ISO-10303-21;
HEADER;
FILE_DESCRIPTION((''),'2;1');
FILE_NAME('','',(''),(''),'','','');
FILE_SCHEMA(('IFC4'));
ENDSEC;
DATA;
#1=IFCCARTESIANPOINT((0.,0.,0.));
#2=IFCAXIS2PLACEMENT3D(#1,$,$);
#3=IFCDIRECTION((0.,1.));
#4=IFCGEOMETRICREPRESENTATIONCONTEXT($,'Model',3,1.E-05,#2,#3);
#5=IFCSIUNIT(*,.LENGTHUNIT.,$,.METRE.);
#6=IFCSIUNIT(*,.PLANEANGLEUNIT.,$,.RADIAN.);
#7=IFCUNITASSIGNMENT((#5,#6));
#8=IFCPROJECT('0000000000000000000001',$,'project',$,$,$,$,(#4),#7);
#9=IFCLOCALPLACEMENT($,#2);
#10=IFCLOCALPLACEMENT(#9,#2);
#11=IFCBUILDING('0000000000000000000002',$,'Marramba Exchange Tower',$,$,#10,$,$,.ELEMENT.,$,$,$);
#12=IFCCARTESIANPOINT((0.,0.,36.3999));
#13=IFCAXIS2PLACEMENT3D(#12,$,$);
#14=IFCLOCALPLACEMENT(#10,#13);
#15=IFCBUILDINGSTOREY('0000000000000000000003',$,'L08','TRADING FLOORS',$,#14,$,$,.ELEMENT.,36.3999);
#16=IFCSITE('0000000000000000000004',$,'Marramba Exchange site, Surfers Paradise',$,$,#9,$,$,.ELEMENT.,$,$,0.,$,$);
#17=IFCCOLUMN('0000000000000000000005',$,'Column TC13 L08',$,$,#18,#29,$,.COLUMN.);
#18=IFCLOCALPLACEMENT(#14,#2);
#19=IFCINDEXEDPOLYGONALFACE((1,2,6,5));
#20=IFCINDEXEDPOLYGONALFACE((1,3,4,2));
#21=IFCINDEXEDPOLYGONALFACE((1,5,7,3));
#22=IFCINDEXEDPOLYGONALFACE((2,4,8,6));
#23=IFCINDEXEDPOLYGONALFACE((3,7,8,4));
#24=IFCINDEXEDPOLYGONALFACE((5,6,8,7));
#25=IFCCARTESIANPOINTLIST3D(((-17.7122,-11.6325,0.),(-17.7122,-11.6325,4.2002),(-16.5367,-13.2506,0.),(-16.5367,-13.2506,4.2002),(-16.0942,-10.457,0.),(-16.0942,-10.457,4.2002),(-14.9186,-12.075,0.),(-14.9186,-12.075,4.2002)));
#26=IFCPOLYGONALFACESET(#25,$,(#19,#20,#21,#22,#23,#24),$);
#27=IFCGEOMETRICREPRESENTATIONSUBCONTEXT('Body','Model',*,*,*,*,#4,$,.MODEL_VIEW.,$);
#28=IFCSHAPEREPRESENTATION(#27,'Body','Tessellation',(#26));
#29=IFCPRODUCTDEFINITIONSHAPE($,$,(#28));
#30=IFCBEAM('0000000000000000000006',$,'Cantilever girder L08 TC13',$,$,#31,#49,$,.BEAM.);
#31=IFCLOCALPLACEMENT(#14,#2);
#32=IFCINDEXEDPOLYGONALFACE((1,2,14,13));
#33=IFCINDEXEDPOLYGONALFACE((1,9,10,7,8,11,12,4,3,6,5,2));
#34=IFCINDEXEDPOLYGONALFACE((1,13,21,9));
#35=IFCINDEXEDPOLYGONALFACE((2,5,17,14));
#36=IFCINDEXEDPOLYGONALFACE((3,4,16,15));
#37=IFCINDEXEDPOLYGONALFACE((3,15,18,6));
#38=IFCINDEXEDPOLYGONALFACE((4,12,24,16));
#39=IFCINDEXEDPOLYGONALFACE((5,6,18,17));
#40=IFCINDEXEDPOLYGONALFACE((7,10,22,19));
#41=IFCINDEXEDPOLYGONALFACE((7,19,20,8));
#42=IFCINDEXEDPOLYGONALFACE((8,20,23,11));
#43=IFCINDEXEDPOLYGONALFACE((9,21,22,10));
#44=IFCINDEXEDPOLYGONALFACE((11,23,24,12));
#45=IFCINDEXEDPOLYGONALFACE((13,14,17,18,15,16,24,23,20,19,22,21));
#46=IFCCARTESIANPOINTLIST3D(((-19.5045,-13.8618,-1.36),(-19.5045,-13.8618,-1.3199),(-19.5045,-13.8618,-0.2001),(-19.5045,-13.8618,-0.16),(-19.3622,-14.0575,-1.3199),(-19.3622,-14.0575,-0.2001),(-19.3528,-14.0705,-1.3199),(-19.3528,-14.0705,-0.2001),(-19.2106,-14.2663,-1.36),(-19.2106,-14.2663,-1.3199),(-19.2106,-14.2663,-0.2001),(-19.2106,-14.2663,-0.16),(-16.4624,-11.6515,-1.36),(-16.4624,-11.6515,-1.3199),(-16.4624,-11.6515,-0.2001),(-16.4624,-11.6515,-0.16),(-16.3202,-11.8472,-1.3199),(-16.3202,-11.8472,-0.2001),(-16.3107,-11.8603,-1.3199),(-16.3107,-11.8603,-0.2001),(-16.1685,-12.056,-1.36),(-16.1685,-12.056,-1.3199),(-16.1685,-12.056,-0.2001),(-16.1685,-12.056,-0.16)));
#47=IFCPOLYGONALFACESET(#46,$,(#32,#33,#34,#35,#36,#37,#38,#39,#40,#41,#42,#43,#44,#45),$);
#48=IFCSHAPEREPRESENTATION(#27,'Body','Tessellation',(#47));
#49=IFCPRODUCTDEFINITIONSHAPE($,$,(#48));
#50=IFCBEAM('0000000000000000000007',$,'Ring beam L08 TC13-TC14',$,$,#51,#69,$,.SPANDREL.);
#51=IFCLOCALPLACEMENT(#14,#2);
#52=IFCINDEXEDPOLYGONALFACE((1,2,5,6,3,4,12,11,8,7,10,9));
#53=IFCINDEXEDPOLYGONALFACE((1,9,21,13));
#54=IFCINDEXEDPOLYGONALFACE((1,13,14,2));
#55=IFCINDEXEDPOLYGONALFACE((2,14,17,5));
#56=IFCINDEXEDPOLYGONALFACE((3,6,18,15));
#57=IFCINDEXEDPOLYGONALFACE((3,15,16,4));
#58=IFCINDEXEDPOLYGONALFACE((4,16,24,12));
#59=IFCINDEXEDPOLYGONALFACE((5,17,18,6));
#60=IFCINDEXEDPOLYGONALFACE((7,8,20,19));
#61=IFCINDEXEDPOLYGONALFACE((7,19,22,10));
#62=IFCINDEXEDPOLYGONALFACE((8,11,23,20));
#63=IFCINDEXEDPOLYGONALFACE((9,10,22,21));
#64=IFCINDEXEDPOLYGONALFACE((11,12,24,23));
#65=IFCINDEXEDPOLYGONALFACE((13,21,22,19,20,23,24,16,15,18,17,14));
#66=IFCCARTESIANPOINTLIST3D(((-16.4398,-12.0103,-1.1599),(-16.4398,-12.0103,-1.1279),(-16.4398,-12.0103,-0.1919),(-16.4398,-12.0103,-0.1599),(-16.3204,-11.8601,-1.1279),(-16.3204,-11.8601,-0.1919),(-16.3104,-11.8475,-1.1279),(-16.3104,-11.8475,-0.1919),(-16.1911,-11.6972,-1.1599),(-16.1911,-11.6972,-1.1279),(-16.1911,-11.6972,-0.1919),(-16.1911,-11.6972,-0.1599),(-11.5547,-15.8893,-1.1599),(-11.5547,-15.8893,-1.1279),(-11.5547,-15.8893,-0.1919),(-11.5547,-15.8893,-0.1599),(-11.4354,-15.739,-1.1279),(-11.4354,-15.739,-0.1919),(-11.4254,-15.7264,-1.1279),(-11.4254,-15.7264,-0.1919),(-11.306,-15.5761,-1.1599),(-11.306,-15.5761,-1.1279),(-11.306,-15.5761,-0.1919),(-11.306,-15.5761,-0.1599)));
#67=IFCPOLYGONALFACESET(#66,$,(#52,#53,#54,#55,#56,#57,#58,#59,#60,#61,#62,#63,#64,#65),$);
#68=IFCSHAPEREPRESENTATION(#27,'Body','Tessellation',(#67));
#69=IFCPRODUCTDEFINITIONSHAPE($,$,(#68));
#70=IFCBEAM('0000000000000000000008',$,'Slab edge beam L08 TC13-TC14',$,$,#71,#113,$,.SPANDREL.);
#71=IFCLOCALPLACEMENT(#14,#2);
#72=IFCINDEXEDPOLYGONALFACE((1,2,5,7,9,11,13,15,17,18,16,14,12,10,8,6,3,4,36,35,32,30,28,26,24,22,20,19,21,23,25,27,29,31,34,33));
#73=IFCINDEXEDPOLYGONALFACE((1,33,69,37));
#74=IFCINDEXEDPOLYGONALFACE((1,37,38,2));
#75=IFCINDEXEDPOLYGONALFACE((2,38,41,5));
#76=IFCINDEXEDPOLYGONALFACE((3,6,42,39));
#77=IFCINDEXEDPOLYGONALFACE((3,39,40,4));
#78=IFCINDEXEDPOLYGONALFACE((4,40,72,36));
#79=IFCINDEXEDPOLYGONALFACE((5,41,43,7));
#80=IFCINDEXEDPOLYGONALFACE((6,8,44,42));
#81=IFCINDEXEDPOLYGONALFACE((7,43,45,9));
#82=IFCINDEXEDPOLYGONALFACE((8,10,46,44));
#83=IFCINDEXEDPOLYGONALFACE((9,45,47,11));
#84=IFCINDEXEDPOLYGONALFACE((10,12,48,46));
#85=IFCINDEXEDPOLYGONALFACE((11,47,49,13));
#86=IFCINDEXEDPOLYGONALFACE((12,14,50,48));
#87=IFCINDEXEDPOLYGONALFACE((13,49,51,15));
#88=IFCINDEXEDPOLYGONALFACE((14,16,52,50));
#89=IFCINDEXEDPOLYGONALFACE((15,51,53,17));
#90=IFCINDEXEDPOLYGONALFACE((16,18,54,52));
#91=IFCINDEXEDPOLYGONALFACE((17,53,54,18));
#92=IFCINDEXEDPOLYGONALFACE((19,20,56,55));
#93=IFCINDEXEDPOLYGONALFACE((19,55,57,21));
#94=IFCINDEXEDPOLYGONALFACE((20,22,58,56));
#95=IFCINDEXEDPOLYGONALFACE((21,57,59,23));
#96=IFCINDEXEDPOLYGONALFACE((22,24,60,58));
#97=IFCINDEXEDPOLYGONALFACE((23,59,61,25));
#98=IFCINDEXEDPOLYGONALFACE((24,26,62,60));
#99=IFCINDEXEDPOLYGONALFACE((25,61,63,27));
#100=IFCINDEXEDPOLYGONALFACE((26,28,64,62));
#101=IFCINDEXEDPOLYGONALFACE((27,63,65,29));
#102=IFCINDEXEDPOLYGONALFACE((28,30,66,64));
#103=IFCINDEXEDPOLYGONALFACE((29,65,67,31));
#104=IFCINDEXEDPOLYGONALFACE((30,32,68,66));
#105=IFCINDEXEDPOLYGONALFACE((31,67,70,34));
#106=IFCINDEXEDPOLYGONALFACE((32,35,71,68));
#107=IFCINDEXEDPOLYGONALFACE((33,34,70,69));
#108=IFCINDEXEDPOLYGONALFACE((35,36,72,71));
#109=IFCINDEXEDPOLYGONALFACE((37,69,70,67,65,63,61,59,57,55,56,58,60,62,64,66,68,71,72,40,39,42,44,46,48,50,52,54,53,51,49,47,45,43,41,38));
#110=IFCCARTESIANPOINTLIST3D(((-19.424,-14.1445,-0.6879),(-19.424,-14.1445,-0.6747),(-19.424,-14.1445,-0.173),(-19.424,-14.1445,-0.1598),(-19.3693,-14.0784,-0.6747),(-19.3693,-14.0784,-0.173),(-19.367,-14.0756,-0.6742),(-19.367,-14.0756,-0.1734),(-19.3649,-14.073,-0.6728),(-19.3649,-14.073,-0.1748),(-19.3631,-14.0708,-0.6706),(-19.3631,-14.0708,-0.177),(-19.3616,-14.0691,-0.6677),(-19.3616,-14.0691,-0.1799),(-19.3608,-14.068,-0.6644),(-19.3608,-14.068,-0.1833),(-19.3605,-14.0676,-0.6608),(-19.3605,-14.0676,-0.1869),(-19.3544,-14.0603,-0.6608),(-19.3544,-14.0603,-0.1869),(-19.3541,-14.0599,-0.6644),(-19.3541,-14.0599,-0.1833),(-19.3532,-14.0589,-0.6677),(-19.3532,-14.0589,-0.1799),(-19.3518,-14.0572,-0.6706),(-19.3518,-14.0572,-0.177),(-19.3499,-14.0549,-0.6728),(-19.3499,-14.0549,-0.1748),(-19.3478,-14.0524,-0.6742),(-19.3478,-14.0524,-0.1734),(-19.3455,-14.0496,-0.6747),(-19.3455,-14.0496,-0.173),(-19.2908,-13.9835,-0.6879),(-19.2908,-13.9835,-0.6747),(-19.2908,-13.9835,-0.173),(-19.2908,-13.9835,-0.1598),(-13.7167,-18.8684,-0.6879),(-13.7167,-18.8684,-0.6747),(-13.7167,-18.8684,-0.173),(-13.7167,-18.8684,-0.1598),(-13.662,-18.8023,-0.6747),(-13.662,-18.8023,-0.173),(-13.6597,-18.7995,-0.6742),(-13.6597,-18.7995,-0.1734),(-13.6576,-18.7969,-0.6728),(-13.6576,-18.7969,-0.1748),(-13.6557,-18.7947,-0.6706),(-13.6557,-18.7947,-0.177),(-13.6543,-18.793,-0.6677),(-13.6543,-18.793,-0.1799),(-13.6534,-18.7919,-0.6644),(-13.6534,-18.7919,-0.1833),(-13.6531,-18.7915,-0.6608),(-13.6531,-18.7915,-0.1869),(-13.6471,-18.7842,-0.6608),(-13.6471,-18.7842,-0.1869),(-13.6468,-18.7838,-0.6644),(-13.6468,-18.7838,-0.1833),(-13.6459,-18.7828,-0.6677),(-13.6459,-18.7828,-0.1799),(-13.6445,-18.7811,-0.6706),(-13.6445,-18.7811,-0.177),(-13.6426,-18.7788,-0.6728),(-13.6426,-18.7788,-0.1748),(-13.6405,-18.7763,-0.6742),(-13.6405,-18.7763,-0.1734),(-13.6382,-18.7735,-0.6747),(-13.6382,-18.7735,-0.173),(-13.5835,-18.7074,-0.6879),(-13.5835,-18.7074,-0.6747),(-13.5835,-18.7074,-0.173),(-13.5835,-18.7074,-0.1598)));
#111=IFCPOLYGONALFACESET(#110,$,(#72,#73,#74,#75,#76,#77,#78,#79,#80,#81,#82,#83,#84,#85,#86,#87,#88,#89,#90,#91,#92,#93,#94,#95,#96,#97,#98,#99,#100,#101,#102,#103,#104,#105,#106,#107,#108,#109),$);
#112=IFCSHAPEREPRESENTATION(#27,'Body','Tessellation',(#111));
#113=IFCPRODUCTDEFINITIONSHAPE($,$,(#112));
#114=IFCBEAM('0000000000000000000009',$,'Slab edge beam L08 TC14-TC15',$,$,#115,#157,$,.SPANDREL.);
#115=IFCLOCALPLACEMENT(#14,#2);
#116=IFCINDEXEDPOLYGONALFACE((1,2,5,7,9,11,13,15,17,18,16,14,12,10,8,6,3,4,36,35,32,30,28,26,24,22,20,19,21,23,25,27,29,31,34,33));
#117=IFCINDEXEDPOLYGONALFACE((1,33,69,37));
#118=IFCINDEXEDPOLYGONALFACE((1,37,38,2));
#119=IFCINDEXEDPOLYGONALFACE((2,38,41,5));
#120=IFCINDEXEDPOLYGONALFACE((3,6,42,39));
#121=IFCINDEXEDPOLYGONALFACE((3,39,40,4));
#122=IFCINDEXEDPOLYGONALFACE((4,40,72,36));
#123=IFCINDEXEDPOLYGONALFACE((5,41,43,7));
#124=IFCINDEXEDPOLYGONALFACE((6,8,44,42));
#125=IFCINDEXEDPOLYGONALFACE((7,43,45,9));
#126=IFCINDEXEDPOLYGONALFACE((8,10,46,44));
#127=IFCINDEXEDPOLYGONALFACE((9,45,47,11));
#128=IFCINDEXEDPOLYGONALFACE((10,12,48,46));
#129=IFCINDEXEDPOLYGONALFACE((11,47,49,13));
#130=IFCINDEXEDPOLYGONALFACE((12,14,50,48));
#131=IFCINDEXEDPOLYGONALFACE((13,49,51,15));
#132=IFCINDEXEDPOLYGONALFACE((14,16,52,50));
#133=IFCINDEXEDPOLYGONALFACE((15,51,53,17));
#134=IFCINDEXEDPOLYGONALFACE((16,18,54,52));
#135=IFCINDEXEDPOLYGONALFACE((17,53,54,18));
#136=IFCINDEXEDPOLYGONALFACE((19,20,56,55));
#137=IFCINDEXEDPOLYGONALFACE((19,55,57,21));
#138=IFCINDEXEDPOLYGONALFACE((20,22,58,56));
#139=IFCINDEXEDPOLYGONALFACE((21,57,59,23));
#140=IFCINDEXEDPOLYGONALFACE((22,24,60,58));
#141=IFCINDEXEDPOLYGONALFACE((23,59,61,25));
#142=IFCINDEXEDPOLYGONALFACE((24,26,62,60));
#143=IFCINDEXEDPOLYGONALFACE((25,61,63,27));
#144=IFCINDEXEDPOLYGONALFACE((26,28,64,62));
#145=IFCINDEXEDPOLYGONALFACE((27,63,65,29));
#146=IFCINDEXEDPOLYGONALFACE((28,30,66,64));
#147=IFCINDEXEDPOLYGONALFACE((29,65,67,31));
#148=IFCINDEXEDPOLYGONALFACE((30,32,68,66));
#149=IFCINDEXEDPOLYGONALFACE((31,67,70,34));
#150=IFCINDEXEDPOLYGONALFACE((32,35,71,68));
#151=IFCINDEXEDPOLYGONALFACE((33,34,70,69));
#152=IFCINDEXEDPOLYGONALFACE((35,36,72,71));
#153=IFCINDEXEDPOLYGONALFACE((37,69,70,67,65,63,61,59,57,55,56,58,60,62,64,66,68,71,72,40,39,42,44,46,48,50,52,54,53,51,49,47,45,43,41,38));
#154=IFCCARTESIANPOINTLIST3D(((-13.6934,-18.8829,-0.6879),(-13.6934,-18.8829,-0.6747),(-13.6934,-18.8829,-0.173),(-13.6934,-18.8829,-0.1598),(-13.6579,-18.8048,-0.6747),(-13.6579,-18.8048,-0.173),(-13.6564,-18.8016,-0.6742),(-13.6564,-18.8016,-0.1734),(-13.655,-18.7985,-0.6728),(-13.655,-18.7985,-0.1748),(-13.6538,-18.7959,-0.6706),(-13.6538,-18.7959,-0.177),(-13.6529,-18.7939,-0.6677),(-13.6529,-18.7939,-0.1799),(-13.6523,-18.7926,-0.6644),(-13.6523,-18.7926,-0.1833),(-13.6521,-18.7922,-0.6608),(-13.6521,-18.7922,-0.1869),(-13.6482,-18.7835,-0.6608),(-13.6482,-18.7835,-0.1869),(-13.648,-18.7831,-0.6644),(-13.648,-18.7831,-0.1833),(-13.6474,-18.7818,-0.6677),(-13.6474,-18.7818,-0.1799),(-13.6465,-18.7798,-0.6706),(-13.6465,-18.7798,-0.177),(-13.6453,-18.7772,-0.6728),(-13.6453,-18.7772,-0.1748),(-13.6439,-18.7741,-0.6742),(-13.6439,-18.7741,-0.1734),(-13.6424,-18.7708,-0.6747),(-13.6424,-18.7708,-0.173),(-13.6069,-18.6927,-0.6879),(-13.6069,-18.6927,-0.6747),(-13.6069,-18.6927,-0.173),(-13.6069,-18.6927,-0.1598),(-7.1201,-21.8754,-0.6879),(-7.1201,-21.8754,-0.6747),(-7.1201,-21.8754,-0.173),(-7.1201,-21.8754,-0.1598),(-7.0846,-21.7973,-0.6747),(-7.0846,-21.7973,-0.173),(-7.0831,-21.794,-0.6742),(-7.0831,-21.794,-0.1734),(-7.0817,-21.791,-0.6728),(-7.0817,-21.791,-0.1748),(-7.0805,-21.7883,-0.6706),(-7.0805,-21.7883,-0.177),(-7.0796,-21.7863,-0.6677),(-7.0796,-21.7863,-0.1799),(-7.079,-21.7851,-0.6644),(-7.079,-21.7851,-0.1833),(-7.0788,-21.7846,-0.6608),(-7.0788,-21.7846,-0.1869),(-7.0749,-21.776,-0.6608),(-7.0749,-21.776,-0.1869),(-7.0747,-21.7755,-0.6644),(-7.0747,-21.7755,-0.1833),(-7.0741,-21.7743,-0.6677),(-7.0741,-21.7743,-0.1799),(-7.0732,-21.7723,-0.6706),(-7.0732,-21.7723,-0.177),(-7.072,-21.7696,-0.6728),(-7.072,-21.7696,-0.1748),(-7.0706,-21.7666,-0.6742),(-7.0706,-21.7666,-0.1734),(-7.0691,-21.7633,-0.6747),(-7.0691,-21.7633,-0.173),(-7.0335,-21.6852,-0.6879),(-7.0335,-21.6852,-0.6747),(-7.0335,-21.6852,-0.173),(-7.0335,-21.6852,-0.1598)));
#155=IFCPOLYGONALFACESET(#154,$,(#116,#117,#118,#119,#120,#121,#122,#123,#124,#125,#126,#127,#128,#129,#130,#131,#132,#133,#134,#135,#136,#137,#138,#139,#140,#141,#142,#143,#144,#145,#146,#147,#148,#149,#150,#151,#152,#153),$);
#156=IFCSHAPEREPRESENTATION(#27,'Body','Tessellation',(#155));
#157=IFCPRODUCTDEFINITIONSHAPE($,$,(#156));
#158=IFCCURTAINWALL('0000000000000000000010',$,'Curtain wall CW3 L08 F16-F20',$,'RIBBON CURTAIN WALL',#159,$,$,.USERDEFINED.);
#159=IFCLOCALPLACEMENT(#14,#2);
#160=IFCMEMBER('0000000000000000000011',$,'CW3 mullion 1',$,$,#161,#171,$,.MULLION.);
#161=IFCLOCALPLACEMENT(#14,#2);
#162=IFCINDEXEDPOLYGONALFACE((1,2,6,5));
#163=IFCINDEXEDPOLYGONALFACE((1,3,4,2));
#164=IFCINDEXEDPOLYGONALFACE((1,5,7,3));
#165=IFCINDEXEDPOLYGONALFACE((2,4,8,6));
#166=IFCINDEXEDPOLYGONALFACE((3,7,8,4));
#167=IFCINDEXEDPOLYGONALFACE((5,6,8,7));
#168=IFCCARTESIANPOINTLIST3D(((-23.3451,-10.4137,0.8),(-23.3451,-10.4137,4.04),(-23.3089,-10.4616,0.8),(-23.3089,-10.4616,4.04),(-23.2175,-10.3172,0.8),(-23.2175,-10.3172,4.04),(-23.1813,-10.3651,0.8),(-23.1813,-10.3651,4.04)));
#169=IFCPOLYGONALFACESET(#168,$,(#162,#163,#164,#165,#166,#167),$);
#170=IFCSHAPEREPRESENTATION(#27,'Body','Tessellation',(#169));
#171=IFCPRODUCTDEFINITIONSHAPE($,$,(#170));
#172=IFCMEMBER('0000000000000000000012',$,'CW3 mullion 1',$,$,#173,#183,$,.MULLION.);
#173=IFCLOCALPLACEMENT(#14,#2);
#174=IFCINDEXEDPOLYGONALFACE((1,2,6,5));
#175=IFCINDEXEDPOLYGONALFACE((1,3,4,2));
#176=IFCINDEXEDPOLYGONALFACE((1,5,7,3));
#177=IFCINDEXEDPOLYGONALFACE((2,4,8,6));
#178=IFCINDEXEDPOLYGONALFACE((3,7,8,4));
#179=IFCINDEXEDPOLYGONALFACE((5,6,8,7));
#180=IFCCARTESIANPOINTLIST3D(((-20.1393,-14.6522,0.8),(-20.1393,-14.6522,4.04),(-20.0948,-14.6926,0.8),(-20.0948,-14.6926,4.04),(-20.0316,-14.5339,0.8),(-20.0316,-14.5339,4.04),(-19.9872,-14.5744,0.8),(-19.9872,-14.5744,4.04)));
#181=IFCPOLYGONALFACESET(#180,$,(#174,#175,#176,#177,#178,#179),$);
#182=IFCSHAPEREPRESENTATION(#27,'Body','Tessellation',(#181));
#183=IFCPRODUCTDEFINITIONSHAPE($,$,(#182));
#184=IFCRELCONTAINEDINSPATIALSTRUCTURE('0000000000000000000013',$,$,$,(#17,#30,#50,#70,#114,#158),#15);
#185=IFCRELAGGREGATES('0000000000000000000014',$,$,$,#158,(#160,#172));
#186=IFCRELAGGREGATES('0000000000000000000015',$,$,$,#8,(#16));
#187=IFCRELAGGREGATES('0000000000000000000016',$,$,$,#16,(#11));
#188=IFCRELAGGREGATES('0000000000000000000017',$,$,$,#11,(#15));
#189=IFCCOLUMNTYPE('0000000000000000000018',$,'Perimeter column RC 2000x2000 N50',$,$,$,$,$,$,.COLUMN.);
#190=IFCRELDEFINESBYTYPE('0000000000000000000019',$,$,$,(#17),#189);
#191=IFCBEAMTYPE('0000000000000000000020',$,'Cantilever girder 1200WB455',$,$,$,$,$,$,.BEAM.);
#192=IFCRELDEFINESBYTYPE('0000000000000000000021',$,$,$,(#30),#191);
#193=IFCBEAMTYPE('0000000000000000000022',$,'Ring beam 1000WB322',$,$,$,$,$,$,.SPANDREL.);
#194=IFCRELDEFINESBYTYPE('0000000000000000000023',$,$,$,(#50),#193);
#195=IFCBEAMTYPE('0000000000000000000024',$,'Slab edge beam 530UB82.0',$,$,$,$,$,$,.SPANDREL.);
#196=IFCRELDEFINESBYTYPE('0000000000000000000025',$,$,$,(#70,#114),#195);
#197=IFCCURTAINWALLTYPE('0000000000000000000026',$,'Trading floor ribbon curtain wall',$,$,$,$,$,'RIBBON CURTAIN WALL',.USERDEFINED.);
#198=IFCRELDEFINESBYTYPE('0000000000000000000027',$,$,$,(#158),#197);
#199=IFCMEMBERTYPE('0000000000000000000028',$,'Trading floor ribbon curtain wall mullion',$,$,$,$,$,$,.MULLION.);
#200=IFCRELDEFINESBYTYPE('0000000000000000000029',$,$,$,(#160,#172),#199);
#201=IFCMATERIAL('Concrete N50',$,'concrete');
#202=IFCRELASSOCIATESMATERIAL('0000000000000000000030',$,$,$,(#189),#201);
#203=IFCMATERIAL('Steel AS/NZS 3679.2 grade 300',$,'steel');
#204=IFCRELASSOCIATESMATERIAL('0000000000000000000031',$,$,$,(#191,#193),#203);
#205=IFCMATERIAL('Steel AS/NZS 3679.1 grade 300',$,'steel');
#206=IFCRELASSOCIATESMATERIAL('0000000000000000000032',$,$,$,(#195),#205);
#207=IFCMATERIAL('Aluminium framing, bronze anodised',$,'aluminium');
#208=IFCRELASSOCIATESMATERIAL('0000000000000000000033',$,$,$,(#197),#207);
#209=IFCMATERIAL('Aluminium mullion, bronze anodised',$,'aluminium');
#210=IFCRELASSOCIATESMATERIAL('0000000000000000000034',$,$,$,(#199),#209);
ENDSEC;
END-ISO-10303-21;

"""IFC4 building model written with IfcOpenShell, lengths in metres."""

from ifc_helpers import new_model, si_unit, direction, frame, origin, origin_2d, place, context, subcontext, project, spatial, rectangle, i_section, extrude, material, material_profile, profile_set, type_object, element, aggregate, save


model = new_model("IFC4")

# Units and contexts
model_context = context("Model", 3, precision=1e-05, world=origin(), true_north=direction((0.0, 1.0)))
body_context = subcontext(model_context, "Body", "Model", "MODEL_VIEW")
ifc_project = project(units=[si_unit("LENGTHUNIT", "METRE"), si_unit("PLANEANGLEUNIT", "RADIAN")], contexts=[model_context])

# Site, building, storey
site_placement = place(None, origin())
site = spatial("IfcSite", under=ifc_project, at=site_placement, Name="Marramba Exchange site, Surfers Paradise", CompositionType="ELEMENT", RefElevation=0.0)
building_placement = place(site_placement, origin())
building = spatial("IfcBuilding", under=site, at=building_placement, Name="Marramba Exchange Tower", CompositionType="ELEMENT")
storey_placement = place(building_placement, frame((0.0, 0.0, 36.3999)))
storey = spatial("IfcBuildingStorey", under=building, at=storey_placement, Name="L08", Description="TRADING FLOORS", CompositionType="ELEMENT", Elevation=36.3999)

# Column
ifc_material_1 = material(Name="Concrete N50", Category="concrete")
ifc_material_profile_1 = material_profile(ifc_material_1, rectangle(XDim=2.0, YDim=2.0, at=origin_2d()), Name="RC 2000x2000")
ifc_profile_set_1 = profile_set([ifc_material_profile_1], Name="Concrete N50")
column_type = type_object("IfcColumnType", Name="Perimeter column RC 2000x2000 N50", PredefinedType="COLUMN", material=ifc_profile_set_1)
column_placement = place(storey_placement, frame((-16.3154, -11.8538, 0.0), z_axis=(0.0, 0.0, 1.0), x_axis=(-0.809017, -0.587785, 0.0)))
element("IfcColumn", 1, at=column_placement, inside=storey, type_object=column_type, Name="Column TC13 L08", PredefinedType="COLUMN", context=body_context, shape_type="SweptSolid", body=[
    extrude(rectangle(XDim=2.0, YDim=2.0, at=origin_2d()), origin(), (0.0, 0.0, 1.0), 4.2002),
])

# Beams
ifc_material_2 = material(Name="Steel AS/NZS 3679.2 grade 300", Category="steel")
ifc_material_profile_2 = material_profile(ifc_material_2, i_section(OverallWidth=0.5, OverallDepth=1.2, WebThickness=0.0161, FlangeThickness=0.04, at=origin_2d()), Name="1200WB455")
ifc_profile_set_2 = profile_set([ifc_material_profile_2], Name="Steel AS/NZS 3679.2 grade 300")
beam_type_1 = type_object("IfcBeamType", Name="Cantilever girder 1200WB455", PredefinedType="BEAM", material=ifc_profile_set_2)
beam_1_placement = place(storey_placement, frame((-16.3154, -11.8538, -0.76), z_axis=(-0.809008, -0.587797, 0.0), x_axis=(0.587797, -0.809008, 0.0)))
element("IfcBeam", 2, at=beam_1_placement, inside=storey, type_object=beam_type_1, Name="Cantilever girder L08 TC13", PredefinedType="BEAM", context=body_context, shape_type="SweptSolid", body=[
    extrude(i_section(OverallWidth=0.5, OverallDepth=1.2, WebThickness=0.0161, FlangeThickness=0.04, at=origin_2d()), origin(), (0.0, 0.0, 1.0), 3.7603),
])
ifc_material_profile_3 = material_profile(ifc_material_2, i_section(OverallWidth=0.3999, OverallDepth=1.0, WebThickness=0.0161, FlangeThickness=0.032, at=origin_2d()), Name="1000WB322")
ifc_profile_set_3 = profile_set([ifc_material_profile_3], Name="Steel AS/NZS 3679.2 grade 300")
beam_type_2 = type_object("IfcBeamType", Name="Ring beam 1000WB322", PredefinedType="SPANDREL", material=ifc_profile_set_3)
beam_2_placement = place(storey_placement, frame((-16.3154, -11.8538, -0.6599), z_axis=(0.783139, -0.621846, 0.0), x_axis=(0.621846, 0.783139, 0.0)))
element("IfcBeam", 3, at=beam_2_placement, inside=storey, type_object=beam_type_2, Name="Ring beam L08 TC13-TC14", PredefinedType="SPANDREL", context=body_context, shape_type="SweptSolid", body=[
    extrude(i_section(OverallWidth=0.3999, OverallDepth=1.0, WebThickness=0.0161, FlangeThickness=0.032, at=origin_2d()), origin(), (0.0, 0.0, 1.0), 6.2378),
])
ifc_material_3 = material(Name="Steel AS/NZS 3679.1 grade 300", Category="steel")
ifc_material_profile_4 = material_profile(ifc_material_3, i_section(OverallWidth=0.209, OverallDepth=0.5281, WebThickness=0.0095, FlangeThickness=0.0132, FilletRadius=0.0139, at=origin_2d()), Name="530UB82.0")
ifc_profile_set_4 = profile_set([ifc_material_profile_4], Name="Steel AS/NZS 3679.1 grade 300")
beam_type_3 = type_object("IfcBeamType", Name="Slab edge beam 530UB82.0", PredefinedType="SPANDREL", material=ifc_profile_set_4)
beam_3_placement = place(storey_placement, frame((-19.3574, -14.064, -0.4238), z_axis=(0.770354, -0.637617, 0.0), x_axis=(0.637617, 0.770354, 0.0)))
element("IfcBeam", 4, at=beam_3_placement, inside=storey, type_object=beam_type_3, Name="Slab edge beam L08 TC13-TC14", PredefinedType="SPANDREL", context=body_context, shape_type="SweptSolid", body=[
    extrude(i_section(OverallWidth=0.209, OverallDepth=0.5281, WebThickness=0.0095, FlangeThickness=0.0132, FilletRadius=0.0139, at=origin_2d()), origin(), (0.0, 0.0, 1.0), 7.4087),
])
beam_4_placement = place(storey_placement, frame((-13.6501, -18.7878, -0.4238), z_axis=(0.910127, -0.41433, 0.0), x_axis=(0.41433, 0.910127, 0.0)))
element("IfcBeam", 5, at=beam_4_placement, inside=storey, type_object=beam_type_3, Name="Slab edge beam L08 TC14-TC15", PredefinedType="SPANDREL", context=body_context, shape_type="SweptSolid", body=[
    extrude(i_section(OverallWidth=0.209, OverallDepth=0.5281, WebThickness=0.0095, FlangeThickness=0.0132, FilletRadius=0.0139, at=origin_2d()), origin(), (0.0, 0.0, 1.0), 7.2224),
])

# Curtain wall, members
ifc_material_4 = material(Name="Aluminium framing, bronze anodised", Category="aluminium")
curtain_wall_type = type_object("IfcCurtainWallType", Name="Trading floor ribbon curtain wall", ElementType="RIBBON CURTAIN WALL", PredefinedType="USERDEFINED", material=ifc_material_4)
curtain_wall_placement = place(storey_placement, origin())
curtain_wall = element("IfcCurtainWall", 6, at=curtain_wall_placement, inside=storey, type_object=curtain_wall_type, Name="Curtain wall CW3 L08 F16-F20", ObjectType="RIBBON CURTAIN WALL", PredefinedType="USERDEFINED")
ifc_material_5 = material(Name="Aluminium mullion, bronze anodised", Category="aluminium")
ifc_material_profile_5 = material_profile(ifc_material_5, rectangle(XDim=0.1599, YDim=0.0601, at=origin_2d()), Name="CW3 mullion 60x160")
ifc_profile_set_5 = profile_set([ifc_material_profile_5], Name="Aluminium mullion, bronze anodised")
member_type_1 = type_object("IfcMemberType", Name="Trading floor ribbon curtain wall mullion", PredefinedType="MULLION", material=ifc_profile_set_5)
member_1_placement = place(storey_placement, frame((-23.2632, -10.3894, 0.8), z_axis=(0.0, 0.0, 1.0), x_axis=(0.797711, 0.60304, 0.0)))
member_1 = element("IfcMember", 7, at=member_1_placement, type_object=member_type_1, Name="CW3 mullion 1", PredefinedType="MULLION", context=body_context, shape_type="SweptSolid", body=[
    extrude(rectangle(XDim=0.1599, YDim=0.0601, at=origin_2d()), origin(), (0.0, 0.0, 1.0), 3.24),
])
member_2_placement = place(storey_placement, frame((-20.0632, -14.6133, 0.8), z_axis=(0.0, 0.0, 1.0), x_axis=(0.673058, 0.73959, 0.0)))
member_2 = element("IfcMember", 8, at=member_2_placement, type_object=member_type_1, Name="CW3 mullion 1", PredefinedType="MULLION", context=body_context, shape_type="SweptSolid", body=[
    extrude(rectangle(XDim=0.1599, YDim=0.0601, at=origin_2d()), origin(), (0.0, 0.0, 1.0), 3.24),
])
aggregate(curtain_wall, [member_1, member_2])

save(model, "model.ifc")
